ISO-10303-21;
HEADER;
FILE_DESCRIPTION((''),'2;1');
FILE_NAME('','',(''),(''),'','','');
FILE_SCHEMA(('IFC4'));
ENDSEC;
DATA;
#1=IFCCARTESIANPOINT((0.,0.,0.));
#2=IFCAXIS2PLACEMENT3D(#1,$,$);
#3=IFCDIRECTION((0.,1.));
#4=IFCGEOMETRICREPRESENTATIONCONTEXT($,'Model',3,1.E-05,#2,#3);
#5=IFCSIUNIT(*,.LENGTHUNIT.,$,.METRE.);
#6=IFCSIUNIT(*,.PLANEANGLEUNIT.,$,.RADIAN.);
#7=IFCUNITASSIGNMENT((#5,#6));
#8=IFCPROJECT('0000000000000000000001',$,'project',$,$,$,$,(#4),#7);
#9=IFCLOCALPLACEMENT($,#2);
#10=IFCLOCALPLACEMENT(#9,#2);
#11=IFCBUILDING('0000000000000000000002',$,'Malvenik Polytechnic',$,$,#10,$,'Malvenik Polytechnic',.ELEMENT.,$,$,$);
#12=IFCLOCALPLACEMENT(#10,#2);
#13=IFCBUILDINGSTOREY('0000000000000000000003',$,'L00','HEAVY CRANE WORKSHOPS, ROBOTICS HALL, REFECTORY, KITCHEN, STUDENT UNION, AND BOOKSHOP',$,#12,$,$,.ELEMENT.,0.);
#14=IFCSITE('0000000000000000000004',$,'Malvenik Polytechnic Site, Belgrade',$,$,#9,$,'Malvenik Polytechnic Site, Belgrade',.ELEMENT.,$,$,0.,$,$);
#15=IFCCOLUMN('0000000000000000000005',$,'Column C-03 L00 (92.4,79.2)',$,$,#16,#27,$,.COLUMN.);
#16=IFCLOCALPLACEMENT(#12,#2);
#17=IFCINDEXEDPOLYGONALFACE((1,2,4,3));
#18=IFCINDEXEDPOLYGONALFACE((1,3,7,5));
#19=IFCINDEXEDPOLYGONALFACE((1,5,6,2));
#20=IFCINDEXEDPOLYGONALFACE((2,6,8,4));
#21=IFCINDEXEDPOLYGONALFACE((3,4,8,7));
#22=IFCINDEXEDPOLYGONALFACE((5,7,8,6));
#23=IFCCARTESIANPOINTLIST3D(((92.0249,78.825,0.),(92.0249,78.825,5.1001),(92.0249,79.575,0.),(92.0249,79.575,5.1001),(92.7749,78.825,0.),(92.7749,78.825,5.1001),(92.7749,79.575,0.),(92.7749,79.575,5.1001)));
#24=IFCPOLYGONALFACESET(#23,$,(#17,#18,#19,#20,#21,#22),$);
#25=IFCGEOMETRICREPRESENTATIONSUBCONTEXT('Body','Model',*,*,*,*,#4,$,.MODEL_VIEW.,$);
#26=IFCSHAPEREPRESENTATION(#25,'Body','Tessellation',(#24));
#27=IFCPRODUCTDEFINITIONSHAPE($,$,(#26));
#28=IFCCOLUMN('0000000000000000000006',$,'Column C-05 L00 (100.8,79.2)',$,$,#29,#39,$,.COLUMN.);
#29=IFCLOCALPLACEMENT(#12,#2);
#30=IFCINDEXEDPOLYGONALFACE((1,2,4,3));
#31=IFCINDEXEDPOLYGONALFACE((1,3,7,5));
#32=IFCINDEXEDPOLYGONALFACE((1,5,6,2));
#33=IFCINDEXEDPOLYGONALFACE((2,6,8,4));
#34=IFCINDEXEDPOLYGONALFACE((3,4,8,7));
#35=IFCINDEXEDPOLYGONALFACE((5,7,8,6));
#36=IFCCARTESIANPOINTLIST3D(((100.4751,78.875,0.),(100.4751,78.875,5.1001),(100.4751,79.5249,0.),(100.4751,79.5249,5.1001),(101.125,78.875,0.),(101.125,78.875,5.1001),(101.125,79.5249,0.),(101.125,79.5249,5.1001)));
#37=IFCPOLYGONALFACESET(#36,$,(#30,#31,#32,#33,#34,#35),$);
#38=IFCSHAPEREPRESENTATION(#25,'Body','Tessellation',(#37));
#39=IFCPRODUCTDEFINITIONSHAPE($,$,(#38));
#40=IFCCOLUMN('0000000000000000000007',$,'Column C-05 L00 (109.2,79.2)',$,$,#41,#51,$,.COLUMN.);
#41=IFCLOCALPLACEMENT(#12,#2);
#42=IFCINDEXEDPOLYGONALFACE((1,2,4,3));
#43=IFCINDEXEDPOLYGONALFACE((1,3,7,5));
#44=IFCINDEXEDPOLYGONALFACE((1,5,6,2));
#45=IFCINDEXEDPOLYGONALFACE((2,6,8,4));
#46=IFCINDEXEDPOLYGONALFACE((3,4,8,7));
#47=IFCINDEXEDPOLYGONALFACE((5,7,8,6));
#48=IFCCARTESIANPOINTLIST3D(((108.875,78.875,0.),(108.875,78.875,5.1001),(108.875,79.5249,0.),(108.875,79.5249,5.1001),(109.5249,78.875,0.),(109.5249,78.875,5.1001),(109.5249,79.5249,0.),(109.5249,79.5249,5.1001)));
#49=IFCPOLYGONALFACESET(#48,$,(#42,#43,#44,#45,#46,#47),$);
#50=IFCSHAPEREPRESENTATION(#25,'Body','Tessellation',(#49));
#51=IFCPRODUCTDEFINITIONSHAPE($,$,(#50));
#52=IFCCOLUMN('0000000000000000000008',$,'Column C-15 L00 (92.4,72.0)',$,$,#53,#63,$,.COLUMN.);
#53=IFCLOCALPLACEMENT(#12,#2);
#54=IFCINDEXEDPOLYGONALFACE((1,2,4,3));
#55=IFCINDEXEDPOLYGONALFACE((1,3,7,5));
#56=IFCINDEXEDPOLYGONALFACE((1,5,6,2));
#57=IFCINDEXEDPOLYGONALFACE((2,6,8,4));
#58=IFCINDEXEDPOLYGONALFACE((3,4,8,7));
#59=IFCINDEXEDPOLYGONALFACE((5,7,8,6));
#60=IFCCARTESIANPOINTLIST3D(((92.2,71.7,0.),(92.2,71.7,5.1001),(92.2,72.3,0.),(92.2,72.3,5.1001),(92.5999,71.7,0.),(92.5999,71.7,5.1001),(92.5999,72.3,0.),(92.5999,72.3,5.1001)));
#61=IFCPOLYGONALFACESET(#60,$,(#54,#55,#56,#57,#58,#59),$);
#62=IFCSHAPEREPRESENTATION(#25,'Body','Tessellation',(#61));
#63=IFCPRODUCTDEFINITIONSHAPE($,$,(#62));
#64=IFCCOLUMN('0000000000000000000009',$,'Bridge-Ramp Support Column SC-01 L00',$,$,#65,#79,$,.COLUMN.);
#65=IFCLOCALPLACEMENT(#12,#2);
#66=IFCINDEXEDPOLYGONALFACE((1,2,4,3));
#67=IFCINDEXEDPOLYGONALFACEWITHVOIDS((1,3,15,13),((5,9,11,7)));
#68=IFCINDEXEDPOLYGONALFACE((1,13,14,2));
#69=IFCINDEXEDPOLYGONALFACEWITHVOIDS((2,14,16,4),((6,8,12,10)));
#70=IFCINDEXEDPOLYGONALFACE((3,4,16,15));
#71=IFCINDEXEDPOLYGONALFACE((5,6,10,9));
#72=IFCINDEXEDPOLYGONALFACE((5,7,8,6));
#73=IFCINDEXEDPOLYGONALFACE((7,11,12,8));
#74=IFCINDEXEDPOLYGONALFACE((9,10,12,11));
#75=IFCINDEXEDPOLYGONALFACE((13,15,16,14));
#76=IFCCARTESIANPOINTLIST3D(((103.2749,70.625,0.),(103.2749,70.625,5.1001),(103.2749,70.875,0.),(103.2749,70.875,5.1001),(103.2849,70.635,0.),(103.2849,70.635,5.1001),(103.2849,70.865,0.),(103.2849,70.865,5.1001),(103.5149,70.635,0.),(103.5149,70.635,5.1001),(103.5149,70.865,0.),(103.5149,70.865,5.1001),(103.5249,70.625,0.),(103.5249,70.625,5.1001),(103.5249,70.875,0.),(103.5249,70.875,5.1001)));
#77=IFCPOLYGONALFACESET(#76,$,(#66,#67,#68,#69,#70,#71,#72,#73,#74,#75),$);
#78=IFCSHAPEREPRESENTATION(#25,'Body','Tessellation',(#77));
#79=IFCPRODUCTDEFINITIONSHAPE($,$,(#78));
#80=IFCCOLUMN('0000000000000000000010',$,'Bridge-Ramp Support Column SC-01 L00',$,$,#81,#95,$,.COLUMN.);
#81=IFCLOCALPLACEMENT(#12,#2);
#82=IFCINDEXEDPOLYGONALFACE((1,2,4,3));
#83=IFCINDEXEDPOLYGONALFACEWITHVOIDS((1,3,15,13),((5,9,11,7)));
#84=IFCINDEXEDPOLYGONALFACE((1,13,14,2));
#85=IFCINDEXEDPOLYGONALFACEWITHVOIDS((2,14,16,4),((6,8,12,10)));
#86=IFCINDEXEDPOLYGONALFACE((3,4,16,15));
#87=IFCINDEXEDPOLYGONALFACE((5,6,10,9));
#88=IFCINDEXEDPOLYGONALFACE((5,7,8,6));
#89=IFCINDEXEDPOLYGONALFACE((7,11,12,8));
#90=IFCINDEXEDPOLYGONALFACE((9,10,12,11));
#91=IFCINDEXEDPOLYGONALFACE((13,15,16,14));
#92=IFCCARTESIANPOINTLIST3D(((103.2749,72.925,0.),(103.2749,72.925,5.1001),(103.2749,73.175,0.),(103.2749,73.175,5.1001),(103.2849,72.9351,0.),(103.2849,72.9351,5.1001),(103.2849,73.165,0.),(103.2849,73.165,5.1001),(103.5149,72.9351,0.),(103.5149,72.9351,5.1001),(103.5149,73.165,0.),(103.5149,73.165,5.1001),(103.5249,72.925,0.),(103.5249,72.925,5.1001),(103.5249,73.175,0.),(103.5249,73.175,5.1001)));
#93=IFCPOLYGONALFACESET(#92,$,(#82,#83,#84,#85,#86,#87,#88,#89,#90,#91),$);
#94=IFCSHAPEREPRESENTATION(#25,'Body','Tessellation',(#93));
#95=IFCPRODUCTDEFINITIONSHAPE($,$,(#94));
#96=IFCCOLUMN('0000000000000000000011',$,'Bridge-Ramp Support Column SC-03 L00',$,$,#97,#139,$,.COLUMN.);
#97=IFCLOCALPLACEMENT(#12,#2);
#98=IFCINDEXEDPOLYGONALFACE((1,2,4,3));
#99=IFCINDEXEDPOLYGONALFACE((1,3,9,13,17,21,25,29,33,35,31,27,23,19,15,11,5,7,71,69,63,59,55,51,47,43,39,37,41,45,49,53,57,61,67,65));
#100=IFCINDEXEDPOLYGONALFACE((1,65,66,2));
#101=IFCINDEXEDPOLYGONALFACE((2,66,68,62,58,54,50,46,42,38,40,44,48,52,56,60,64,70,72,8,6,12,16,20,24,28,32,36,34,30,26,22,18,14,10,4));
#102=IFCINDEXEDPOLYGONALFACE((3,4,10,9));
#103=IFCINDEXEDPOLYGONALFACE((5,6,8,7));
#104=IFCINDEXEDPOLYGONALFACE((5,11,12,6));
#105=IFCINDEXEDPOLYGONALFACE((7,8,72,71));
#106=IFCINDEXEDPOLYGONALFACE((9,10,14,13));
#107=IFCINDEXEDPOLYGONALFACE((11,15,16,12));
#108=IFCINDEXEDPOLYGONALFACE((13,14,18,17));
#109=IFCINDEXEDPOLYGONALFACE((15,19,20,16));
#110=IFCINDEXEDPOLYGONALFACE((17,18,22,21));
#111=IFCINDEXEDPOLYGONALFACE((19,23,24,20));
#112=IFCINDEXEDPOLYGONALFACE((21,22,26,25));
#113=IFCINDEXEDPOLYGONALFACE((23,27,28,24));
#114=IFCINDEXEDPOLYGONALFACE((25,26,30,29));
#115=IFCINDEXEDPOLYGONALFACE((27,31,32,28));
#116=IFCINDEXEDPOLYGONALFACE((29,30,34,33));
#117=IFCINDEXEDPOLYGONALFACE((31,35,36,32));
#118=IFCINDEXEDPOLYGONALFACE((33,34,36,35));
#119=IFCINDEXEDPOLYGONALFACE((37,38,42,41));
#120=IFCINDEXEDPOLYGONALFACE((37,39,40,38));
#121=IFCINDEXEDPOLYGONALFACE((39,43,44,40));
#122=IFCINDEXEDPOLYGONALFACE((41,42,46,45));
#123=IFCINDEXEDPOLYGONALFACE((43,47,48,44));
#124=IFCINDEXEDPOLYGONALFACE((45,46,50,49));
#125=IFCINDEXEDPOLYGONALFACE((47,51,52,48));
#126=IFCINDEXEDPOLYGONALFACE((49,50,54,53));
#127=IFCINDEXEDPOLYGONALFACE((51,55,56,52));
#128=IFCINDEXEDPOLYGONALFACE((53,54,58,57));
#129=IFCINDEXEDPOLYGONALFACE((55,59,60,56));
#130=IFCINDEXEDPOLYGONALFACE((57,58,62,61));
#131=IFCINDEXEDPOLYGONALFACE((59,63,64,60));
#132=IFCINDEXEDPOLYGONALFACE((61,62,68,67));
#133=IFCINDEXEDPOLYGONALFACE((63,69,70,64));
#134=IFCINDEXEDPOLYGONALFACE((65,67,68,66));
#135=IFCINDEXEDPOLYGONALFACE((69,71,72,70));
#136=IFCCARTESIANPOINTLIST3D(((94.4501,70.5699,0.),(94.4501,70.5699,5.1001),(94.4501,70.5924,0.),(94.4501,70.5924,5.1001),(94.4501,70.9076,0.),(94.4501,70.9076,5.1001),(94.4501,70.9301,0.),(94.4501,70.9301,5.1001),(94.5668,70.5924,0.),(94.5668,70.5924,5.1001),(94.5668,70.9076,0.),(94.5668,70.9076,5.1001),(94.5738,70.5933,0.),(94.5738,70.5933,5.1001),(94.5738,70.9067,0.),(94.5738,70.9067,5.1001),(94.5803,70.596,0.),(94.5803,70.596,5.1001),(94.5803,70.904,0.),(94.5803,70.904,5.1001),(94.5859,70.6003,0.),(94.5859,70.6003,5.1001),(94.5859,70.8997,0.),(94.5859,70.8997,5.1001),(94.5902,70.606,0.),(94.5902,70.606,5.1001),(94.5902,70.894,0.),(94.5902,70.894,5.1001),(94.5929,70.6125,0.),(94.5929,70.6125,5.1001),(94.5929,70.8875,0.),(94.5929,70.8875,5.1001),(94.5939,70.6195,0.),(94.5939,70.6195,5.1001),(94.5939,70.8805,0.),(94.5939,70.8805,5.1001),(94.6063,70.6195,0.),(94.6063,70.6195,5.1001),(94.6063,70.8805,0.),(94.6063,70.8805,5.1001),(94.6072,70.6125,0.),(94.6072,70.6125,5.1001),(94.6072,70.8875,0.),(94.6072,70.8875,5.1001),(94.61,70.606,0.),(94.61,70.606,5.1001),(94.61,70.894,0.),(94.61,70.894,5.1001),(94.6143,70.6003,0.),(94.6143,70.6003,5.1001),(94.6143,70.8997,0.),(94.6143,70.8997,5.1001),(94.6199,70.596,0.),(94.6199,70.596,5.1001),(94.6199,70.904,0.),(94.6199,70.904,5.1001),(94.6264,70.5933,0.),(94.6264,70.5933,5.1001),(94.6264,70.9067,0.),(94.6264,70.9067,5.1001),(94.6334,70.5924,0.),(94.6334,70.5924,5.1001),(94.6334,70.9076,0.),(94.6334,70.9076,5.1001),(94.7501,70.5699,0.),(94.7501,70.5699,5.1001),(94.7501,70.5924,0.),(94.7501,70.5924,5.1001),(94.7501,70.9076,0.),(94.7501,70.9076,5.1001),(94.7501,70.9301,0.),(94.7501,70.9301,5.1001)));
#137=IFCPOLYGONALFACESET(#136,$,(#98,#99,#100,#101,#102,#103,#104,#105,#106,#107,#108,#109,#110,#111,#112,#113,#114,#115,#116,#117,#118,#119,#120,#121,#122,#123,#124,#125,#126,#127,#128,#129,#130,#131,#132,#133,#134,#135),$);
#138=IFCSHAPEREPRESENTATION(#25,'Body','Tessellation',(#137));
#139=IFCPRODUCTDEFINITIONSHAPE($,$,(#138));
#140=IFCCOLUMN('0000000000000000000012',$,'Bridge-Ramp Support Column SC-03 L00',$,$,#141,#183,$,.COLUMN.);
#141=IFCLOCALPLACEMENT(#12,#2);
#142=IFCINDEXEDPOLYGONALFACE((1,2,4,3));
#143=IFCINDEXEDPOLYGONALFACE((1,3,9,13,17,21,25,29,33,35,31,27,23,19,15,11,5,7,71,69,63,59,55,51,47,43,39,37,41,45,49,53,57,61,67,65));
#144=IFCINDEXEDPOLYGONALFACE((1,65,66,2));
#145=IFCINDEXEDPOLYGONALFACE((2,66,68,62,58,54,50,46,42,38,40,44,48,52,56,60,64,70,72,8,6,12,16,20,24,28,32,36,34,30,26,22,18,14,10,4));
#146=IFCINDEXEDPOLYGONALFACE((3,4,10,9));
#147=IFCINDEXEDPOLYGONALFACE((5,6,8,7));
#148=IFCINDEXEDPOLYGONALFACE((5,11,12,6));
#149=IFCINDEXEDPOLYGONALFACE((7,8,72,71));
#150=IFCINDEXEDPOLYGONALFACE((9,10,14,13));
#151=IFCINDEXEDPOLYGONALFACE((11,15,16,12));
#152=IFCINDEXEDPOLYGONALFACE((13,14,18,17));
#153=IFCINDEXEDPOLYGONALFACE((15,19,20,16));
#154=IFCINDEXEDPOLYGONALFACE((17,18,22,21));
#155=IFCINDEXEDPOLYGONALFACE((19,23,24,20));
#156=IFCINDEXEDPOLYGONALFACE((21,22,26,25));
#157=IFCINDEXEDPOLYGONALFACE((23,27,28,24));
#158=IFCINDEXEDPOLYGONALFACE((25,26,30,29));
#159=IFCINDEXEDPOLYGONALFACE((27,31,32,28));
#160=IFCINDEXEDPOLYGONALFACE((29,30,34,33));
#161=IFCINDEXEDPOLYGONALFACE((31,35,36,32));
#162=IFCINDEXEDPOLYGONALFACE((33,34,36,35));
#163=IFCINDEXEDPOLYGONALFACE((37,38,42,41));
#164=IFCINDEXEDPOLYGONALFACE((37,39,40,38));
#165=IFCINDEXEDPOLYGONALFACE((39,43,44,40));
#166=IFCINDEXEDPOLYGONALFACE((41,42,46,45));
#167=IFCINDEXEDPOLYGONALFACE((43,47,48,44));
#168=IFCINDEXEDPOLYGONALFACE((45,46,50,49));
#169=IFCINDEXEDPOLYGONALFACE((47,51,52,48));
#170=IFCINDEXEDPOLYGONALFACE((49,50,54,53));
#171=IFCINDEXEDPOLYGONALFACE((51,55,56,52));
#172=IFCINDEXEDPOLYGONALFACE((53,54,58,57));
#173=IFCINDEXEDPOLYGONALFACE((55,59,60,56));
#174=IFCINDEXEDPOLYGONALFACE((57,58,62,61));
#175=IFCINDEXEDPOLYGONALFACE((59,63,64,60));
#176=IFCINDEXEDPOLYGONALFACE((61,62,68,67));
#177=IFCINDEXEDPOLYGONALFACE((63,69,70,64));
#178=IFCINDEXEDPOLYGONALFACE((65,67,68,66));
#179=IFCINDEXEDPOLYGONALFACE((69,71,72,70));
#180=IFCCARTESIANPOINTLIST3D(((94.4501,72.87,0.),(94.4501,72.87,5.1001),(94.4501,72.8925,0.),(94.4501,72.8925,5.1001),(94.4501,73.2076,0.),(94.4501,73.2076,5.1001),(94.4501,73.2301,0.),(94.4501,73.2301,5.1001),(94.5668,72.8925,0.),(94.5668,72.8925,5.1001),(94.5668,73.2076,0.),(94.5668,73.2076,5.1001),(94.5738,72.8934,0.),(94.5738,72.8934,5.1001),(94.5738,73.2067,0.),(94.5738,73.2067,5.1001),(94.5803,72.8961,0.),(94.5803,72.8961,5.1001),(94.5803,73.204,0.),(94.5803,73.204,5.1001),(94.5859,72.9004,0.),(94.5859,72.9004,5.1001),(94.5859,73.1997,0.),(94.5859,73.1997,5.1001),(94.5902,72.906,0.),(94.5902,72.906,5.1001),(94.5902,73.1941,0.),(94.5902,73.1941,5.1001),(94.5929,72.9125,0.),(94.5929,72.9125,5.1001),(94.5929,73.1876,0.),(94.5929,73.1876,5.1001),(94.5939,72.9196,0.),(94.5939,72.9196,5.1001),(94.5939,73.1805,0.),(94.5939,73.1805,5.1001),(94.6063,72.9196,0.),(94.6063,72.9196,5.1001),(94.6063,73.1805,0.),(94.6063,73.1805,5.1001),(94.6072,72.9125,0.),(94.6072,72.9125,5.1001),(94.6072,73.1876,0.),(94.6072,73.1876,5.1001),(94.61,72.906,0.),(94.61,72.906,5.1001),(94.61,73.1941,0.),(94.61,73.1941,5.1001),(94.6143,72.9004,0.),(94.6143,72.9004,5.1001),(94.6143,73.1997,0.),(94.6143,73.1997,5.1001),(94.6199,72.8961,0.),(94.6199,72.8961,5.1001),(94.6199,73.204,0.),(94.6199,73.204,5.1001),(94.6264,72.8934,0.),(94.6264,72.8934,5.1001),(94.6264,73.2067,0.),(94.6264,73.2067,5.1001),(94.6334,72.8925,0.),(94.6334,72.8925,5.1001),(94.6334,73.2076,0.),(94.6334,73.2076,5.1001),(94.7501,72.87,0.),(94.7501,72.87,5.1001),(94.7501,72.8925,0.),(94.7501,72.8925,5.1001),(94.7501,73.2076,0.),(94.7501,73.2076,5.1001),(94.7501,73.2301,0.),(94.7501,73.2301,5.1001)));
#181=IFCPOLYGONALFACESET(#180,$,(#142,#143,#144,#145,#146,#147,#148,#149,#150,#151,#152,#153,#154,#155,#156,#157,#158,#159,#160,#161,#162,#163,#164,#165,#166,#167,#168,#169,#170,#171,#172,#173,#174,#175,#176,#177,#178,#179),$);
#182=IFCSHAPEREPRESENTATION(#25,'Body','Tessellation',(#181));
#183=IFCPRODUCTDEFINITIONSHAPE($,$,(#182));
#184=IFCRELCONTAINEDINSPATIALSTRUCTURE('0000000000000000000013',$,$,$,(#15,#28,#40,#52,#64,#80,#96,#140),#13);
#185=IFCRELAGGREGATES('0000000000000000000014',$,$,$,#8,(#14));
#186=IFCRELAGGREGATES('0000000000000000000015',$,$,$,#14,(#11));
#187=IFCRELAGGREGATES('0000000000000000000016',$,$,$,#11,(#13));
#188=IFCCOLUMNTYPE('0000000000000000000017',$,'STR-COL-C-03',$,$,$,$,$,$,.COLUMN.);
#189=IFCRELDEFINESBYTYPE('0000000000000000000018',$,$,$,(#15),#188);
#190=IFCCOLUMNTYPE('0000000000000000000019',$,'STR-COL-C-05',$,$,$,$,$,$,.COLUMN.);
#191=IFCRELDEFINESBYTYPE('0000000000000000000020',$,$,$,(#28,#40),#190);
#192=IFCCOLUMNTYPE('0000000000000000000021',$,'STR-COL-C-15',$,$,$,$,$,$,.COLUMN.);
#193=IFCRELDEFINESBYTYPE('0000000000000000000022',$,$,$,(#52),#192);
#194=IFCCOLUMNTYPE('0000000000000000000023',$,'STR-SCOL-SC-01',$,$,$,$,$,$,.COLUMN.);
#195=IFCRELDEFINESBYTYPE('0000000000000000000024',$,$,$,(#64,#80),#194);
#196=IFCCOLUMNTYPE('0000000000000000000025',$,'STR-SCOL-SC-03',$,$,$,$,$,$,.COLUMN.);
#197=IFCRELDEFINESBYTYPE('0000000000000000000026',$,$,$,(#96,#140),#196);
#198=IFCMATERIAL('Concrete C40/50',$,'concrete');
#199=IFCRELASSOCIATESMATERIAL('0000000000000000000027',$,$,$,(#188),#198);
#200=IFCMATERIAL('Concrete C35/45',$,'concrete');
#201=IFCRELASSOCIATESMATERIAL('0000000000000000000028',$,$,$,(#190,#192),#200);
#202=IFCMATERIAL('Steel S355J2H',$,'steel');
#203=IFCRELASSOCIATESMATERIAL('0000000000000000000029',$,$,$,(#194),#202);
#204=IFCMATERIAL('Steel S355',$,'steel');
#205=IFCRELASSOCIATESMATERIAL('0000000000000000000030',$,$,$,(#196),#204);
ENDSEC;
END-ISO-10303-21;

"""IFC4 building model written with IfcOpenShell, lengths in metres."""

from ifc_helpers import new_model, si_unit, direction, frame, origin, origin_2d, place, context, subcontext, project, spatial, rectangle, hollow_rectangle, i_section, extrude, material, material_profile, profile_set, type_object, element, save


model = new_model("IFC4")

# Units and contexts
model_context = context("Model", 3, precision=1e-05, world=origin(), true_north=direction((0.0, 1.0)))
body_context = subcontext(model_context, "Body", "Model", "MODEL_VIEW")
ifc_project = project(units=[si_unit("LENGTHUNIT", "METRE"), si_unit("PLANEANGLEUNIT", "RADIAN")], contexts=[model_context])

# Site, building, storey
site_placement = place(None, origin())
site = spatial("IfcSite", under=ifc_project, at=site_placement, Name="Malvenik Polytechnic Site, Belgrade", LongName="Malvenik Polytechnic Site, Belgrade", CompositionType="ELEMENT", RefElevation=0.0)
building_placement = place(site_placement, origin())
building = spatial("IfcBuilding", under=site, at=building_placement, Name="Malvenik Polytechnic", LongName="Malvenik Polytechnic", CompositionType="ELEMENT")
storey_placement = place(building_placement, origin())
storey = spatial("IfcBuildingStorey", under=building, at=storey_placement, Name="L00", Description="HEAVY CRANE WORKSHOPS, ROBOTICS HALL, REFECTORY, KITCHEN, STUDENT UNION, AND BOOKSHOP", CompositionType="ELEMENT", Elevation=0.0)

# Columns
ifc_material_1 = material(Name="Concrete C40/50", Category="concrete")
ifc_material_profile_1 = material_profile(ifc_material_1, rectangle(XDim=0.75, YDim=0.75, at=origin_2d()), Name="RC COL 750x750")
ifc_profile_set_1 = profile_set([ifc_material_profile_1], Name="Concrete C40/50")
column_type_1 = type_object("IfcColumnType", Name="STR-COL-C-03", PredefinedType="COLUMN", material=ifc_profile_set_1)
column_1_placement = place(storey_placement, frame((92.3999, 79.2, 0.0), z_axis=(0.0, 0.0, 1.0), x_axis=(1.0, 0.0, 0.0)))
element("IfcColumn", 1, at=column_1_placement, inside=storey, type_object=column_type_1, Name="Column C-03 L00 (92.4,79.2)", PredefinedType="COLUMN", context=body_context, shape_type="SweptSolid", body=[
    extrude(rectangle(XDim=0.75, YDim=0.75, at=origin_2d()), origin(), (0.0, 0.0, 1.0), 5.1001),
])
ifc_material_2 = material(Name="Concrete C35/45", Category="concrete")
ifc_material_profile_2 = material_profile(ifc_material_2, rectangle(XDim=0.6499, YDim=0.6499, at=origin_2d()), Name="RC COL 650x650")
ifc_profile_set_2 = profile_set([ifc_material_profile_2], Name="Concrete C35/45")
column_type_2 = type_object("IfcColumnType", Name="STR-COL-C-05", PredefinedType="COLUMN", material=ifc_profile_set_2)
for number, where, z_axis, x_axis, name in (
    (2, (100.8, 79.2, 0.0), (0.0, 0.0, 1.0), (1.0, 0.0, 0.0), "Column C-05 L00 (100.8,79.2)"),
    (3, (109.2, 79.2, 0.0), (0.0, 0.0, 1.0), (1.0, 0.0, 0.0), "Column C-05 L00 (109.2,79.2)"),
):
    element("IfcColumn", number, at=place(storey_placement, frame(where, z_axis=z_axis, x_axis=x_axis)), inside=storey, type_object=column_type_2, Name=name, PredefinedType="COLUMN", context=body_context, shape_type="SweptSolid", body=[
        extrude(rectangle(XDim=0.6499, YDim=0.6499, at=origin_2d()), origin(), (0.0, 0.0, 1.0), 5.1001),
    ])
ifc_material_profile_3 = material_profile(ifc_material_2, rectangle(XDim=0.3999, YDim=0.6001, at=origin_2d()), Name="RC COL 600x400")
ifc_profile_set_3 = profile_set([ifc_material_profile_3], Name="Concrete C35/45")
column_type_3 = type_object("IfcColumnType", Name="STR-COL-C-15", PredefinedType="COLUMN", material=ifc_profile_set_3)
column_2_placement = place(storey_placement, frame((92.3999, 72.0, 0.0), z_axis=(0.0, 0.0, 1.0), x_axis=(1.0, 0.0, 0.0)))
element("IfcColumn", 4, at=column_2_placement, inside=storey, type_object=column_type_3, Name="Column C-15 L00 (92.4,72.0)", PredefinedType="COLUMN", context=body_context, shape_type="SweptSolid", body=[
    extrude(rectangle(XDim=0.3999, YDim=0.6001, at=origin_2d()), origin(), (0.0, 0.0, 1.0), 5.1001),
])
ifc_material_3 = material(Name="Steel S355J2H", Category="steel")
ifc_material_profile_4 = material_profile(ifc_material_3, hollow_rectangle(XDim=0.25, YDim=0.25, WallThickness=0.01, at=origin_2d()), Name="SHS 250x250x10.0")
ifc_profile_set_4 = profile_set([ifc_material_profile_4], Name="Steel S355J2H")
column_type_4 = type_object("IfcColumnType", Name="STR-SCOL-SC-01", PredefinedType="COLUMN", material=ifc_profile_set_4)
for number, where, z_axis, x_axis, name in (
    (5, (103.3999, 70.75, 0.0), (0.0, 0.0, 1.0), (1.0, 0.0, 0.0), "Bridge-Ramp Support Column SC-01 L00"),
    (6, (103.3999, 73.05, 0.0), (0.0, 0.0, 1.0), (1.0, 0.0, 0.0), "Bridge-Ramp Support Column SC-01 L00"),
):
    element("IfcColumn", number, at=place(storey_placement, frame(where, z_axis=z_axis, x_axis=x_axis)), inside=storey, type_object=column_type_4, Name=name, PredefinedType="COLUMN", context=body_context, shape_type="SweptSolid", body=[
        extrude(hollow_rectangle(XDim=0.25, YDim=0.25, WallThickness=0.01, at=origin_2d()), origin(), (0.0, 0.0, 1.0), 5.1001),
    ])
ifc_material_4 = material(Name="Steel S355", Category="steel")
ifc_material_profile_5 = material_profile(ifc_material_4, i_section(OverallWidth=0.3, OverallDepth=0.3601, WebThickness=0.0125, FlangeThickness=0.0225, FilletRadius=0.0271, at=origin_2d()), Name="HEB 360")
ifc_profile_set_5 = profile_set([ifc_material_profile_5], Name="Steel S355")
column_type_5 = type_object("IfcColumnType", Name="STR-SCOL-SC-03", PredefinedType="COLUMN", material=ifc_profile_set_5)
for number, where, z_axis, x_axis, name in (
    (7, (94.6001, 70.75, 0.0), (0.0, 0.0, 1.0), (1.0, 0.0, 0.0), "Bridge-Ramp Support Column SC-03 L00"),
    (8, (94.6001, 73.05, 0.0), (0.0, 0.0, 1.0), (1.0, 0.0, 0.0), "Bridge-Ramp Support Column SC-03 L00"),
):
    element("IfcColumn", number, at=place(storey_placement, frame(where, z_axis=z_axis, x_axis=x_axis)), inside=storey, type_object=column_type_5, Name=name, PredefinedType="COLUMN", context=body_context, shape_type="SweptSolid", body=[
        extrude(i_section(OverallWidth=0.3, OverallDepth=0.3601, WebThickness=0.0125, FlangeThickness=0.0225, FilletRadius=0.0271, at=origin_2d()), origin(), (0.0, 0.0, 1.0), 5.1001),
    ])

save(model, "model.ifc")
